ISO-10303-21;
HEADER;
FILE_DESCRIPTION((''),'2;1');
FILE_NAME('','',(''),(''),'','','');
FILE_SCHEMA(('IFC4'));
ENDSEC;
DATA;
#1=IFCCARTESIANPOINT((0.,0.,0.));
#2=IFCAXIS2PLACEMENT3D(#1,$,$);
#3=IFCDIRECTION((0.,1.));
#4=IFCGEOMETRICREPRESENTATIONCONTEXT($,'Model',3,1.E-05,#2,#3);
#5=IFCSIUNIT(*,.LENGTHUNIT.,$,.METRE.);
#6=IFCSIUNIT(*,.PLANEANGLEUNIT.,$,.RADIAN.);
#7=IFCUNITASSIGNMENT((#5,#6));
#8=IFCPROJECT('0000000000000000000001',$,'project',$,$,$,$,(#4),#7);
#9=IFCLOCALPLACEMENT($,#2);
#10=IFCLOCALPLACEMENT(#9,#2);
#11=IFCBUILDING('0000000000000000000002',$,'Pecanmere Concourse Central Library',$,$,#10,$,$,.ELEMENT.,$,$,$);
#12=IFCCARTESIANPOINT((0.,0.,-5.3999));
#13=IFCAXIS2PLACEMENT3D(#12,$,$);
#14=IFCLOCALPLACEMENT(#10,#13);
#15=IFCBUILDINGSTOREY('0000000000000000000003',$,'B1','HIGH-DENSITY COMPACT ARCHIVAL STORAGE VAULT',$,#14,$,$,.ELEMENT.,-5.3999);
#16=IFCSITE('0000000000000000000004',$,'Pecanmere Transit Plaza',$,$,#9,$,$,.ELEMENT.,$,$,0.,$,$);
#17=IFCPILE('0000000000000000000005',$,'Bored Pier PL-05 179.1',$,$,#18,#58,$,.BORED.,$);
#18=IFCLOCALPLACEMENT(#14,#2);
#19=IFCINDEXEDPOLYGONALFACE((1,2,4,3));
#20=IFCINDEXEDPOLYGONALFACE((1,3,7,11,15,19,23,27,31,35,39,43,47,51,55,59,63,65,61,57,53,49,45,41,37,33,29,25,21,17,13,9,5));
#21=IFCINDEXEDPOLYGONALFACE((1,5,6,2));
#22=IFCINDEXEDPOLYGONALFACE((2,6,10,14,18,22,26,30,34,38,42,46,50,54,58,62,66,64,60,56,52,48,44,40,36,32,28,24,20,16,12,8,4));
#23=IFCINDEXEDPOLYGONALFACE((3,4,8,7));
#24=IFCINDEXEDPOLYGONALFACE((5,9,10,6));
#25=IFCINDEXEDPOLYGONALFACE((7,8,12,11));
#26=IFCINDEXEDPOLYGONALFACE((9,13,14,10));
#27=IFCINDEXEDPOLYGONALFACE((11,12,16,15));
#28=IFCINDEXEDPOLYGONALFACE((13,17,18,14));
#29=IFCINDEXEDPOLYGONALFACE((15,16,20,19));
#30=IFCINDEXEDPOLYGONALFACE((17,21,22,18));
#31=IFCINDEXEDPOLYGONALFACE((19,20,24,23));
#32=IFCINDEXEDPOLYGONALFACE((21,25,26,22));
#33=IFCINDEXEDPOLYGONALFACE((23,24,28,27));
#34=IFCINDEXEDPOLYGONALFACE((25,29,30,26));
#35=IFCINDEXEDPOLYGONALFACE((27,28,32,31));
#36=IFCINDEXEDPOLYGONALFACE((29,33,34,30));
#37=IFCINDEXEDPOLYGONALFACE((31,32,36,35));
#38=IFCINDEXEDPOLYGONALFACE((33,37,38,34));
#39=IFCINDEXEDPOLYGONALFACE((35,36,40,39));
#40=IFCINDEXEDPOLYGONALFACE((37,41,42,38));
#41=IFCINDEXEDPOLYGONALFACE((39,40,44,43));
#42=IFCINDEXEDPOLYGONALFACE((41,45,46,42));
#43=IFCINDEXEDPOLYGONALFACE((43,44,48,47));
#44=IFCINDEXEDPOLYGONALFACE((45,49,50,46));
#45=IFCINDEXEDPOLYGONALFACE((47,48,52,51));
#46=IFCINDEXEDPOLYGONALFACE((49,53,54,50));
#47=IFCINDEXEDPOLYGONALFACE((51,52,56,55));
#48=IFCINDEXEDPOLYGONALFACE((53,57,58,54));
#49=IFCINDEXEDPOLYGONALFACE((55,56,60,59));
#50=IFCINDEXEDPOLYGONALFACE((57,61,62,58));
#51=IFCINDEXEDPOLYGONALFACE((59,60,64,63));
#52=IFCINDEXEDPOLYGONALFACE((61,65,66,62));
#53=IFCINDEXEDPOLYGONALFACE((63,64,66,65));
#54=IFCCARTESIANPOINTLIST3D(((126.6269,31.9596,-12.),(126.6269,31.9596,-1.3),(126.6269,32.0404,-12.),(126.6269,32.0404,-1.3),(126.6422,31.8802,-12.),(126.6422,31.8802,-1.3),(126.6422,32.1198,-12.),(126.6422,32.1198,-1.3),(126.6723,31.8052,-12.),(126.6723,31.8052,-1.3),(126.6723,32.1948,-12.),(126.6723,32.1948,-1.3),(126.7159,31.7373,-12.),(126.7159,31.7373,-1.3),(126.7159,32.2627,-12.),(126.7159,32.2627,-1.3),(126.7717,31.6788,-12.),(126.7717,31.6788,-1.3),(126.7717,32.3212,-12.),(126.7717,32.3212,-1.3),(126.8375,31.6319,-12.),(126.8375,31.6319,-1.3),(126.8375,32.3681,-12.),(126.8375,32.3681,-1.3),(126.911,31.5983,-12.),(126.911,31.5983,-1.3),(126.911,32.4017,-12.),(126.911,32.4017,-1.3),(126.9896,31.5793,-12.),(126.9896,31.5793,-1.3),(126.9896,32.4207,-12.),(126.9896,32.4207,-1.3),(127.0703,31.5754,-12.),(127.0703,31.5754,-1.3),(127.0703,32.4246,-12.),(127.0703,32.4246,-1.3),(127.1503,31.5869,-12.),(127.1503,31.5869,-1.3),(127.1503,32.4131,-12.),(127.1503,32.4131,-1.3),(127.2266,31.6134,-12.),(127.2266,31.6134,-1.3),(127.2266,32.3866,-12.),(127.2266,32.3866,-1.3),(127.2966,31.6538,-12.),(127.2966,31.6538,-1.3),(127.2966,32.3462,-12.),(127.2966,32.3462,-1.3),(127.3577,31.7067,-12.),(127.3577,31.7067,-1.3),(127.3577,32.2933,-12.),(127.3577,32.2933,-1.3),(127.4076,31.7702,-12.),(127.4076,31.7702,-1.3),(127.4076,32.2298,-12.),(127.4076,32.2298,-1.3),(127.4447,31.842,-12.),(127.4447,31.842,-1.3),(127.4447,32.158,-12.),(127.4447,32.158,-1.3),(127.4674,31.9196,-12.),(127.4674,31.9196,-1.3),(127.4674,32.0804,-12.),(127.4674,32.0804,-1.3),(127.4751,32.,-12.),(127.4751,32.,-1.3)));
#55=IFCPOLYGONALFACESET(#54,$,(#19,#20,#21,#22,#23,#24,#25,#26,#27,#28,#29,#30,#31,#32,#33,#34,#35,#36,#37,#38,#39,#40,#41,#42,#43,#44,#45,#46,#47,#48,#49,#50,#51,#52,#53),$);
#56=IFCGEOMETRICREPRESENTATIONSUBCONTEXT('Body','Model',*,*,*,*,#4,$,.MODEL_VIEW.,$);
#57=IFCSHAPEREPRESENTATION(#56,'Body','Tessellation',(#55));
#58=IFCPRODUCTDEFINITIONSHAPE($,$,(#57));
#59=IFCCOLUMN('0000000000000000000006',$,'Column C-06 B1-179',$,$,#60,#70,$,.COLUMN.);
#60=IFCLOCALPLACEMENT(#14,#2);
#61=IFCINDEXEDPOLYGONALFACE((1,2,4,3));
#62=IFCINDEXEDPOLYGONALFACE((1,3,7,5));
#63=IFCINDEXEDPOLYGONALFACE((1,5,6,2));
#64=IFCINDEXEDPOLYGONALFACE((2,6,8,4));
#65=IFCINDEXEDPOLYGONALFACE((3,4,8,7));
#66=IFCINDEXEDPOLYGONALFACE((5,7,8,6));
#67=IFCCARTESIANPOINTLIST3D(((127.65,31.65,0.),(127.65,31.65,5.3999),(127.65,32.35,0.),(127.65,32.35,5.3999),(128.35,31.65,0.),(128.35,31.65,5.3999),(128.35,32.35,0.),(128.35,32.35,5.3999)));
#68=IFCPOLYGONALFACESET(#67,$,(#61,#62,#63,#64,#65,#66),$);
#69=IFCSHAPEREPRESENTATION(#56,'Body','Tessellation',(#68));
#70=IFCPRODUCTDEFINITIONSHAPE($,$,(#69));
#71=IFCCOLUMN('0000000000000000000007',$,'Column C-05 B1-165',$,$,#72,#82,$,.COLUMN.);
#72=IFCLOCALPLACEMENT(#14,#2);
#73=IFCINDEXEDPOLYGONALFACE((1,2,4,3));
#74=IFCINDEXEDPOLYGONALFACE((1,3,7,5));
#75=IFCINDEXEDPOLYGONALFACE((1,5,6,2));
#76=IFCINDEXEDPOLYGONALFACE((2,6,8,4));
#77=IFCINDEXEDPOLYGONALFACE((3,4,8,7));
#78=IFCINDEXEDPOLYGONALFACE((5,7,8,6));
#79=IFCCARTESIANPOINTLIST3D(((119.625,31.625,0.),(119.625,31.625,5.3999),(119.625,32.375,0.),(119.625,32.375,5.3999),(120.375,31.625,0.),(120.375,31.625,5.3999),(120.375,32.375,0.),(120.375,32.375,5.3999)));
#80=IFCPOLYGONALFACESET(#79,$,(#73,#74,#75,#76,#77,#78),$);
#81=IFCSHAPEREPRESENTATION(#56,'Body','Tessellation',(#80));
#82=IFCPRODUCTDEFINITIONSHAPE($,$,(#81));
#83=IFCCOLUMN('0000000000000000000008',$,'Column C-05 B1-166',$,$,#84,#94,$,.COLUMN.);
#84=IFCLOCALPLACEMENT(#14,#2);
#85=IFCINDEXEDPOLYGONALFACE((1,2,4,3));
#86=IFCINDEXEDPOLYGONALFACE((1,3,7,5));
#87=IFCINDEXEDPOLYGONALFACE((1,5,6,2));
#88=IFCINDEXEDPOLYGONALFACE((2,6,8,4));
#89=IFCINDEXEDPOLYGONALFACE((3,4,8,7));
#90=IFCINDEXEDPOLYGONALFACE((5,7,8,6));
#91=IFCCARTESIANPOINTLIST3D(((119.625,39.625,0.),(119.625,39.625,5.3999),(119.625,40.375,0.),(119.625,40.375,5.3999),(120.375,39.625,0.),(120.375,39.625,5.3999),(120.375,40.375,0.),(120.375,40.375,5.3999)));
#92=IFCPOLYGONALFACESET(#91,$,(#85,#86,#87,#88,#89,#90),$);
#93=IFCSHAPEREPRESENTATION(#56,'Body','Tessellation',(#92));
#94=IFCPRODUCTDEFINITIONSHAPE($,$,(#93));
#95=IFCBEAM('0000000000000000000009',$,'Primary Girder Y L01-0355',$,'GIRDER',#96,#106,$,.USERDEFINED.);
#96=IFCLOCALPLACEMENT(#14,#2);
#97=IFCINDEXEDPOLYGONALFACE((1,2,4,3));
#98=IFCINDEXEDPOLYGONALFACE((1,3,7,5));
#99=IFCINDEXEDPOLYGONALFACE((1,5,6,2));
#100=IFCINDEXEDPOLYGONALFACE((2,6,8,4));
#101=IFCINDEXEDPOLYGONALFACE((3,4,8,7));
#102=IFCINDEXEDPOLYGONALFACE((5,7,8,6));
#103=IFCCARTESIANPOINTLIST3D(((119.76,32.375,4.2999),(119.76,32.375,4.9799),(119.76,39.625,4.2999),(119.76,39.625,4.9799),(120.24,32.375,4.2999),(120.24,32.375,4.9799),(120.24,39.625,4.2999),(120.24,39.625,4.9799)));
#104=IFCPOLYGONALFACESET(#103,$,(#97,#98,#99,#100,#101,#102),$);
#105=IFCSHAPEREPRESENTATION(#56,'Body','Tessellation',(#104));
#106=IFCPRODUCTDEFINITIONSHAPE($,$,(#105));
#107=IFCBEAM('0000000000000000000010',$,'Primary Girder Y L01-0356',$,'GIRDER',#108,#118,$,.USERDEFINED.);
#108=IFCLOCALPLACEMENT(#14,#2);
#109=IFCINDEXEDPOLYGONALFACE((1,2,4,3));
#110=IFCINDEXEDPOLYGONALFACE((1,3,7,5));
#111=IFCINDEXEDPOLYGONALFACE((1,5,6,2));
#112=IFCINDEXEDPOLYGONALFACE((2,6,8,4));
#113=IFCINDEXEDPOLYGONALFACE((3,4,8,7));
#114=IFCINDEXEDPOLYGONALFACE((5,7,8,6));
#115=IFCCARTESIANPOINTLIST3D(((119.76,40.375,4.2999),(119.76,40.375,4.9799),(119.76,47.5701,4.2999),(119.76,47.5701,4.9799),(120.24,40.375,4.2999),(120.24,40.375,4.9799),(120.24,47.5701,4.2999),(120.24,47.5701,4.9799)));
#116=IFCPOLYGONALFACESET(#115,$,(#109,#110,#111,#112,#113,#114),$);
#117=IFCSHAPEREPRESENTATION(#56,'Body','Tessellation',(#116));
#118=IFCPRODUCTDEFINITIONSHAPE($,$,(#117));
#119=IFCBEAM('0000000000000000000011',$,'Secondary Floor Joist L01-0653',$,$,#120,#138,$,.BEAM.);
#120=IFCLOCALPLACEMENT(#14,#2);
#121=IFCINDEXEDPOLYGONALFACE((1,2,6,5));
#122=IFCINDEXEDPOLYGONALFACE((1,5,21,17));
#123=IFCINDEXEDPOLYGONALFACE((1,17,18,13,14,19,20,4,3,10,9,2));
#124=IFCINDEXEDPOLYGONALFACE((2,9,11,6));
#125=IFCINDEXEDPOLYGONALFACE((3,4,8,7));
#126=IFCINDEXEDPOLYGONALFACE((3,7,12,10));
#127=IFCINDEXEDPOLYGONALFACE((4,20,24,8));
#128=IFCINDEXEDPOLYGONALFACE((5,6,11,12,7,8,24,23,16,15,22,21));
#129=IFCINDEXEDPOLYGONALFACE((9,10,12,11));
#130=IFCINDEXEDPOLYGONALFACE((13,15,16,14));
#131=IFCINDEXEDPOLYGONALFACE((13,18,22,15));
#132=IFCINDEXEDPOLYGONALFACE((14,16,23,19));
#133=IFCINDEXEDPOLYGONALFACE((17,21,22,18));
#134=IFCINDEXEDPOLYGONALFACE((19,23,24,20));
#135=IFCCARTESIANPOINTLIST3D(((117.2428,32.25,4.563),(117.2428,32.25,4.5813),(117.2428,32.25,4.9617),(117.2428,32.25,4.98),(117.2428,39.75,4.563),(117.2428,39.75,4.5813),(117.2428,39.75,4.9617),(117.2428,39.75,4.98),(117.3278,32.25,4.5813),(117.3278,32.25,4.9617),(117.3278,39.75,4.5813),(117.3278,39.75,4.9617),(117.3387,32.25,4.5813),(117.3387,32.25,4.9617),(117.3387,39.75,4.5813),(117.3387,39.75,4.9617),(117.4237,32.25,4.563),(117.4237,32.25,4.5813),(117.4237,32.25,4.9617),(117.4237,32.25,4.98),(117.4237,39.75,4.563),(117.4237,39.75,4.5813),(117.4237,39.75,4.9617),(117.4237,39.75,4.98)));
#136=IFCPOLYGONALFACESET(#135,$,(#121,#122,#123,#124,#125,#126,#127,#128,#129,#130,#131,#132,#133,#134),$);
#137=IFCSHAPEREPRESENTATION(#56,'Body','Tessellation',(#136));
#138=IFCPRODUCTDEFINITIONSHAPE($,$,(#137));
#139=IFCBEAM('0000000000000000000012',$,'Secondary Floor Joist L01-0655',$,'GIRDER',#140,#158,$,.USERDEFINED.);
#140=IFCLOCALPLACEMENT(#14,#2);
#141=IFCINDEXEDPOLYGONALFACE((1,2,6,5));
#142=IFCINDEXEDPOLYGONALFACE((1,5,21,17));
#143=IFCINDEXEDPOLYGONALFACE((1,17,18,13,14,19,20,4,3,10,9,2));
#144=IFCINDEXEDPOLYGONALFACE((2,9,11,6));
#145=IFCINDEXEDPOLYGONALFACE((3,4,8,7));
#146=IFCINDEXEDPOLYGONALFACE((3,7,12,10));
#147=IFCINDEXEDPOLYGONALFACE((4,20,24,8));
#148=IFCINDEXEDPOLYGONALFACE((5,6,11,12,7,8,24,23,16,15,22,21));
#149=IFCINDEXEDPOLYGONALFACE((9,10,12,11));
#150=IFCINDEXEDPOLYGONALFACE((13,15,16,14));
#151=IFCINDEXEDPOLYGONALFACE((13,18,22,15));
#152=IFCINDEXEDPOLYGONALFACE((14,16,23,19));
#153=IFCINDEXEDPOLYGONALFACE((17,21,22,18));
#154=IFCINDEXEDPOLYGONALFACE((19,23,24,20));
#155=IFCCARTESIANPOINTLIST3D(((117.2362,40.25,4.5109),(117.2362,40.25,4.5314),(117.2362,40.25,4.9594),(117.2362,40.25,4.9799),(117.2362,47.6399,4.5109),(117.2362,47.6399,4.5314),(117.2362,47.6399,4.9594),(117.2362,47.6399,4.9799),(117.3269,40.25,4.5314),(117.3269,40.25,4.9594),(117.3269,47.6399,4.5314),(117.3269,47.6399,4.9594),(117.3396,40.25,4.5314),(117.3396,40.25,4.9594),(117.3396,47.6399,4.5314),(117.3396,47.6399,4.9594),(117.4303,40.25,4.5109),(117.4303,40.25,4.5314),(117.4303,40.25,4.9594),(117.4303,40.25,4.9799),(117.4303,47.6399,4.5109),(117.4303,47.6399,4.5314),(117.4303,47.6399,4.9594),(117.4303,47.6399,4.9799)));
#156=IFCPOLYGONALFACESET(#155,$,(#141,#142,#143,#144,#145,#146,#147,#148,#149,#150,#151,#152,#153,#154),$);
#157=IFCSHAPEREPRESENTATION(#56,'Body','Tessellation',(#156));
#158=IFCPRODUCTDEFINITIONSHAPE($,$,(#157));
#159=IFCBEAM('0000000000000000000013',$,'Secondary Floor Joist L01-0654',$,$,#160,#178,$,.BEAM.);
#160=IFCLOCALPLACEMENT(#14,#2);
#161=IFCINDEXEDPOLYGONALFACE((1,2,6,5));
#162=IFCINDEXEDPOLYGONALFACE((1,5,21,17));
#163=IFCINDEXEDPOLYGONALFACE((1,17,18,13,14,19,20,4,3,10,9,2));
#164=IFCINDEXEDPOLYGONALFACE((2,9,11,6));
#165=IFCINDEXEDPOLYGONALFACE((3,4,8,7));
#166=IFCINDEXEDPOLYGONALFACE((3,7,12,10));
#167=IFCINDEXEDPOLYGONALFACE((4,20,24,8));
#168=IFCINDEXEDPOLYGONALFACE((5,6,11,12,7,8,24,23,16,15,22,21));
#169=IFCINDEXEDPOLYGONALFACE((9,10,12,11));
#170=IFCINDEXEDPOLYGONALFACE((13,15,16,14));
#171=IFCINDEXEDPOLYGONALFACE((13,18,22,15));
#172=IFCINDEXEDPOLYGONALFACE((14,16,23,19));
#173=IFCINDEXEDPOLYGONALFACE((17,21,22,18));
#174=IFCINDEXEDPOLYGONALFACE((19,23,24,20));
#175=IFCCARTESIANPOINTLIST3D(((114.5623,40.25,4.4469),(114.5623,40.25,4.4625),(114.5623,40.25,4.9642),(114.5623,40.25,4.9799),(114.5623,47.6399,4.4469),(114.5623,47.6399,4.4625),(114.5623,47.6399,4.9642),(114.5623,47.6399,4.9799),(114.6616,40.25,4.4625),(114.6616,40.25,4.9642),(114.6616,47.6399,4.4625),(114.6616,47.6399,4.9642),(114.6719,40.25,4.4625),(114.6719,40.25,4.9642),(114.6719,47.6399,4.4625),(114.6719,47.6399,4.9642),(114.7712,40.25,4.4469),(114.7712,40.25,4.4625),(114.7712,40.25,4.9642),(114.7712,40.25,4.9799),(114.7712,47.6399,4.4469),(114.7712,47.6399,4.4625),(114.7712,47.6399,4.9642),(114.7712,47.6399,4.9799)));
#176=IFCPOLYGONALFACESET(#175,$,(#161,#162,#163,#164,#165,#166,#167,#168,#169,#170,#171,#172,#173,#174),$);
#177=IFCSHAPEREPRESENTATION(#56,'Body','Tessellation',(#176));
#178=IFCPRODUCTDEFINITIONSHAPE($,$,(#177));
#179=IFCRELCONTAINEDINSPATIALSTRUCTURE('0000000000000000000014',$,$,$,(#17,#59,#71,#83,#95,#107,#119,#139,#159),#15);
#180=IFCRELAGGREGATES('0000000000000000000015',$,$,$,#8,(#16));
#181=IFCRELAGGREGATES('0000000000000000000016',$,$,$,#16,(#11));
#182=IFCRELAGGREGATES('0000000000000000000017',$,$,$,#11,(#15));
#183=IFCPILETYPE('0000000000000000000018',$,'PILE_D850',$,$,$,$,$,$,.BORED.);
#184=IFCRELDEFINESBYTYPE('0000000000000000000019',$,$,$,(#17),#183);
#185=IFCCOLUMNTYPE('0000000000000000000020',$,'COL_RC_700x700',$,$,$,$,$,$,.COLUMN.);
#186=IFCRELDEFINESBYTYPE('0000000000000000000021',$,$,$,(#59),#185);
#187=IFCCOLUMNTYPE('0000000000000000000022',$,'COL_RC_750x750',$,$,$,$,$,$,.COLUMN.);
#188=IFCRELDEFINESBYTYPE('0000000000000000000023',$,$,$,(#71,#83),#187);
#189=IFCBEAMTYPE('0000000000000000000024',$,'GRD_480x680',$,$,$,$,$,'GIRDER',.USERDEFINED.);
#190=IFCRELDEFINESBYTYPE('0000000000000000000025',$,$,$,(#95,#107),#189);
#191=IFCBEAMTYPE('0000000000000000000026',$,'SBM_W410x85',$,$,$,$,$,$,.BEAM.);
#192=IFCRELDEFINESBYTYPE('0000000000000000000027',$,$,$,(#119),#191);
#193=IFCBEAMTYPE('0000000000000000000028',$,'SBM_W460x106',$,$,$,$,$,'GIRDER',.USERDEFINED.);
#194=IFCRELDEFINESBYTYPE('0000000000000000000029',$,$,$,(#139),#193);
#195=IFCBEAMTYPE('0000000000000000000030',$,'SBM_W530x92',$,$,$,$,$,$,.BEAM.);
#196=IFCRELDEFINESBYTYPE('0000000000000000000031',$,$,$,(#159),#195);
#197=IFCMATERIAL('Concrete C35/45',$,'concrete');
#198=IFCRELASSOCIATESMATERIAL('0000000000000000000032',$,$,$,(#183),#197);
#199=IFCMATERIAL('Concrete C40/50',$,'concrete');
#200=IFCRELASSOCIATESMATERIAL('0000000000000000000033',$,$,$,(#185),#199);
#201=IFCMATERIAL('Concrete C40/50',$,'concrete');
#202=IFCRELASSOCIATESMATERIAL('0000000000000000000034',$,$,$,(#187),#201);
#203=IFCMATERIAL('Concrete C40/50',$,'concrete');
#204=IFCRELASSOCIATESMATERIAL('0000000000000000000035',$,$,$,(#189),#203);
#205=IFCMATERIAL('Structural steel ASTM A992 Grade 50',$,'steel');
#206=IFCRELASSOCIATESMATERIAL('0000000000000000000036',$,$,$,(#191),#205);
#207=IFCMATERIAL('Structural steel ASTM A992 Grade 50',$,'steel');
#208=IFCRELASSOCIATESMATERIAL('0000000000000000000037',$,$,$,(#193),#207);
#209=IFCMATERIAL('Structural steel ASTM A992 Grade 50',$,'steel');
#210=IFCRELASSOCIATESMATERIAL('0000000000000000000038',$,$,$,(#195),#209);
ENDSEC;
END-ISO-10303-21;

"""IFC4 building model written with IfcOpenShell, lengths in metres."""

from ifc_helpers import new_model, si_unit, direction, frame, origin, origin_2d, place, context, subcontext, project, spatial, rectangle, circle, i_section, extrude, material, material_profile, profile_set, type_object, element, save


model = new_model("IFC4")

# Units and contexts
model_context = context("Model", 3, precision=1e-05, world=origin(), true_north=direction((0.0, 1.0)))
body_context = subcontext(model_context, "Body", "Model", "MODEL_VIEW")
ifc_project = project(units=[si_unit("LENGTHUNIT", "METRE"), si_unit("PLANEANGLEUNIT", "RADIAN")], contexts=[model_context])

# Site, building, storey
site_placement = place(None, origin())
site = spatial("IfcSite", under=ifc_project, at=site_placement, Name="Pecanmere Transit Plaza", CompositionType="ELEMENT", RefElevation=0.0)
building_placement = place(site_placement, origin())
building = spatial("IfcBuilding", under=site, at=building_placement, Name="Pecanmere Concourse Central Library", CompositionType="ELEMENT")
storey_placement = place(building_placement, frame((0.0, 0.0, -5.3999)))
storey = spatial("IfcBuildingStorey", under=building, at=storey_placement, Name="B1", Description="HIGH-DENSITY COMPACT ARCHIVAL STORAGE VAULT", CompositionType="ELEMENT", Elevation=-5.3999)

# Pile
ifc_material_1 = material(Name="Concrete C35/45", Category="concrete")
ifc_material_profile_1 = material_profile(ifc_material_1, circle(Radius=0.425, at=origin_2d()), Name="PIER D850")
ifc_profile_set_1 = profile_set([ifc_material_profile_1], Name="Concrete C35/45")
pile_type_1 = type_object("IfcPileType", Name="PILE_D850", PredefinedType="BORED", material=ifc_profile_set_1)
for number, where, z_axis, x_axis, name in (
    (1, (127.05, 32.0, -1.3), (0.0, 0.0, -1.0), (1.0, 0.0, 0.0), "Bored Pier PL-05 179.1"),
):
    element("IfcPile", number, at=place(storey_placement, frame(where, z_axis=z_axis, x_axis=x_axis)), inside=storey, type_object=pile_type_1, Name=name, PredefinedType="BORED", context=body_context, shape_type="SweptSolid", body=[
        extrude(circle(Radius=0.425, at=origin_2d()), origin(), (0.0, 0.0, 1.0), 10.7),
    ])

# Columns
ifc_material_2 = material(Name="Concrete C40/50", Category="concrete")
ifc_material_profile_2 = material_profile(ifc_material_2, rectangle(XDim=0.7, YDim=0.7, at=origin_2d()), Name="RC 700x700")
ifc_profile_set_2 = profile_set([ifc_material_profile_2], Name="Concrete C40/50")
column_type_1 = type_object("IfcColumnType", Name="COL_RC_700x700", PredefinedType="COLUMN", material=ifc_profile_set_2)
column_placement = place(storey_placement, frame((128.0, 32.0, 0.0), z_axis=(0.0, 0.0, 1.0), x_axis=(1.0, 0.0, 0.0)))
element("IfcColumn", 2, at=column_placement, inside=storey, type_object=column_type_1, Name="Column C-06 B1-179", PredefinedType="COLUMN", context=body_context, shape_type="SweptSolid", body=[
    extrude(rectangle(XDim=0.7, YDim=0.7, at=origin_2d()), origin(), (0.0, 0.0, 1.0), 5.3999),
])
ifc_material_3 = material(Name="Concrete C40/50", Category="concrete")
ifc_material_profile_3 = material_profile(ifc_material_3, rectangle(XDim=0.75, YDim=0.75, at=origin_2d()), Name="RC 750x750")
ifc_profile_set_3 = profile_set([ifc_material_profile_3], Name="Concrete C40/50")
column_type_2 = type_object("IfcColumnType", Name="COL_RC_750x750", PredefinedType="COLUMN", material=ifc_profile_set_3)
for number, where, z_axis, x_axis, name in (
    (3, (120.0, 32.0, 0.0), (0.0, 0.0, 1.0), (1.0, 0.0, 0.0), "Column C-05 B1-165"),
    (4, (120.0, 40.0, 0.0), (0.0, 0.0, 1.0), (1.0, 0.0, 0.0), "Column C-05 B1-166"),
):
    element("IfcColumn", number, at=place(storey_placement, frame(where, z_axis=z_axis, x_axis=x_axis)), inside=storey, type_object=column_type_2, Name=name, PredefinedType="COLUMN", context=body_context, shape_type="SweptSolid", body=[
        extrude(rectangle(XDim=0.75, YDim=0.75, at=origin_2d()), origin(), (0.0, 0.0, 1.0), 5.3999),
    ])

# Beams
ifc_material_4 = material(Name="Concrete C40/50", Category="concrete")
ifc_material_profile_4 = material_profile(ifc_material_4, rectangle(XDim=0.48, YDim=0.6799, at=origin_2d()), Name="RC 480x680")
ifc_profile_set_4 = profile_set([ifc_material_profile_4], Name="Concrete C40/50")
beam_type_1 = type_object("IfcBeamType", Name="GRD_480x680", ElementType="GIRDER", PredefinedType="USERDEFINED", material=ifc_profile_set_4)
beam_1_placement = place(storey_placement, frame((120.0, 32.375, 4.6399), z_axis=(0.0, 1.0, 0.0), x_axis=(-1.0, 0.0, 0.0)))
element("IfcBeam", 5, at=beam_1_placement, inside=storey, type_object=beam_type_1, Name="Primary Girder Y L01-0355", ObjectType="GIRDER", PredefinedType="USERDEFINED", context=body_context, shape_type="SweptSolid", body=[
    extrude(rectangle(XDim=0.48, YDim=0.6799, at=origin_2d()), origin(), (0.0, 0.0, 1.0), 7.25),
])
beam_2_placement = place(storey_placement, frame((120.0, 40.375, 4.6399), z_axis=(0.0, 1.0, 0.0), x_axis=(-1.0, 0.0, 0.0)))
element("IfcBeam", 6, at=beam_2_placement, inside=storey, type_object=beam_type_1, Name="Primary Girder Y L01-0356", ObjectType="GIRDER", PredefinedType="USERDEFINED", context=body_context, shape_type="SweptSolid", body=[
    extrude(rectangle(XDim=0.48, YDim=0.6799, at=origin_2d()), origin(), (0.0, 0.0, 1.0), 7.1951),
])
ifc_material_5 = material(Name="Structural steel ASTM A992 Grade 50", Category="steel")
ifc_material_profile_5 = material_profile(ifc_material_5, i_section(OverallWidth=0.1809, OverallDepth=0.417, WebThickness=0.011, FlangeThickness=0.0183, at=origin_2d()), Name="W410x85")
ifc_profile_set_5 = profile_set([ifc_material_profile_5], Name="Structural steel ASTM A992 Grade 50")
beam_type_2 = type_object("IfcBeamType", Name="SBM_W410x85", PredefinedType="BEAM", material=ifc_profile_set_5)
beam_3_placement = place(storey_placement, frame((117.3333, 32.25, 4.7715), z_axis=(0.0, 1.0, 0.0), x_axis=(-1.0, 0.0, 0.0)))
element("IfcBeam", 7, at=beam_3_placement, inside=storey, type_object=beam_type_2, Name="Secondary Floor Joist L01-0653", PredefinedType="BEAM", context=body_context, shape_type="SweptSolid", body=[
    extrude(i_section(OverallWidth=0.1809, OverallDepth=0.417, WebThickness=0.011, FlangeThickness=0.0183, at=origin_2d()), origin(), (0.0, 0.0, 1.0), 7.5),
])
ifc_material_6 = material(Name="Structural steel ASTM A992 Grade 50", Category="steel")
ifc_material_profile_6 = material_profile(ifc_material_6, i_section(OverallWidth=0.1941, OverallDepth=0.469, WebThickness=0.0127, FlangeThickness=0.0205, at=origin_2d()), Name="W460x106")
ifc_profile_set_6 = profile_set([ifc_material_profile_6], Name="Structural steel ASTM A992 Grade 50")
beam_type_3 = type_object("IfcBeamType", Name="SBM_W460x106", ElementType="GIRDER", PredefinedType="USERDEFINED", material=ifc_profile_set_6)
beam_4_placement = place(storey_placement, frame((117.3333, 40.25, 4.7454), z_axis=(0.0, 1.0, 0.0), x_axis=(-1.0, 0.0, 0.0)))
element("IfcBeam", 8, at=beam_4_placement, inside=storey, type_object=beam_type_3, Name="Secondary Floor Joist L01-0655", ObjectType="GIRDER", PredefinedType="USERDEFINED", context=body_context, shape_type="SweptSolid", body=[
    extrude(i_section(OverallWidth=0.1941, OverallDepth=0.469, WebThickness=0.0127, FlangeThickness=0.0205, at=origin_2d()), origin(), (0.0, 0.0, 1.0), 7.3899),
])
ifc_material_7 = material(Name="Structural steel ASTM A992 Grade 50", Category="steel")
ifc_material_profile_7 = material_profile(ifc_material_7, i_section(OverallWidth=0.209, OverallDepth=0.533, WebThickness=0.0103, FlangeThickness=0.0156, at=origin_2d()), Name="W530x92")
ifc_profile_set_7 = profile_set([ifc_material_profile_7], Name="Structural steel ASTM A992 Grade 50")
beam_type_4 = type_object("IfcBeamType", Name="SBM_W530x92", PredefinedType="BEAM", material=ifc_profile_set_7)
beam_5_placement = place(storey_placement, frame((114.6667, 40.25, 4.7134), z_axis=(0.0, 1.0, 0.0), x_axis=(-1.0, 0.0, 0.0)))
element("IfcBeam", 9, at=beam_5_placement, inside=storey, type_object=beam_type_4, Name="Secondary Floor Joist L01-0654", PredefinedType="BEAM", context=body_context, shape_type="SweptSolid", body=[
    extrude(i_section(OverallWidth=0.209, OverallDepth=0.533, WebThickness=0.0103, FlangeThickness=0.0156, at=origin_2d()), origin(), (0.0, 0.0, 1.0), 7.3899),
])

save(model, "model.ifc")
